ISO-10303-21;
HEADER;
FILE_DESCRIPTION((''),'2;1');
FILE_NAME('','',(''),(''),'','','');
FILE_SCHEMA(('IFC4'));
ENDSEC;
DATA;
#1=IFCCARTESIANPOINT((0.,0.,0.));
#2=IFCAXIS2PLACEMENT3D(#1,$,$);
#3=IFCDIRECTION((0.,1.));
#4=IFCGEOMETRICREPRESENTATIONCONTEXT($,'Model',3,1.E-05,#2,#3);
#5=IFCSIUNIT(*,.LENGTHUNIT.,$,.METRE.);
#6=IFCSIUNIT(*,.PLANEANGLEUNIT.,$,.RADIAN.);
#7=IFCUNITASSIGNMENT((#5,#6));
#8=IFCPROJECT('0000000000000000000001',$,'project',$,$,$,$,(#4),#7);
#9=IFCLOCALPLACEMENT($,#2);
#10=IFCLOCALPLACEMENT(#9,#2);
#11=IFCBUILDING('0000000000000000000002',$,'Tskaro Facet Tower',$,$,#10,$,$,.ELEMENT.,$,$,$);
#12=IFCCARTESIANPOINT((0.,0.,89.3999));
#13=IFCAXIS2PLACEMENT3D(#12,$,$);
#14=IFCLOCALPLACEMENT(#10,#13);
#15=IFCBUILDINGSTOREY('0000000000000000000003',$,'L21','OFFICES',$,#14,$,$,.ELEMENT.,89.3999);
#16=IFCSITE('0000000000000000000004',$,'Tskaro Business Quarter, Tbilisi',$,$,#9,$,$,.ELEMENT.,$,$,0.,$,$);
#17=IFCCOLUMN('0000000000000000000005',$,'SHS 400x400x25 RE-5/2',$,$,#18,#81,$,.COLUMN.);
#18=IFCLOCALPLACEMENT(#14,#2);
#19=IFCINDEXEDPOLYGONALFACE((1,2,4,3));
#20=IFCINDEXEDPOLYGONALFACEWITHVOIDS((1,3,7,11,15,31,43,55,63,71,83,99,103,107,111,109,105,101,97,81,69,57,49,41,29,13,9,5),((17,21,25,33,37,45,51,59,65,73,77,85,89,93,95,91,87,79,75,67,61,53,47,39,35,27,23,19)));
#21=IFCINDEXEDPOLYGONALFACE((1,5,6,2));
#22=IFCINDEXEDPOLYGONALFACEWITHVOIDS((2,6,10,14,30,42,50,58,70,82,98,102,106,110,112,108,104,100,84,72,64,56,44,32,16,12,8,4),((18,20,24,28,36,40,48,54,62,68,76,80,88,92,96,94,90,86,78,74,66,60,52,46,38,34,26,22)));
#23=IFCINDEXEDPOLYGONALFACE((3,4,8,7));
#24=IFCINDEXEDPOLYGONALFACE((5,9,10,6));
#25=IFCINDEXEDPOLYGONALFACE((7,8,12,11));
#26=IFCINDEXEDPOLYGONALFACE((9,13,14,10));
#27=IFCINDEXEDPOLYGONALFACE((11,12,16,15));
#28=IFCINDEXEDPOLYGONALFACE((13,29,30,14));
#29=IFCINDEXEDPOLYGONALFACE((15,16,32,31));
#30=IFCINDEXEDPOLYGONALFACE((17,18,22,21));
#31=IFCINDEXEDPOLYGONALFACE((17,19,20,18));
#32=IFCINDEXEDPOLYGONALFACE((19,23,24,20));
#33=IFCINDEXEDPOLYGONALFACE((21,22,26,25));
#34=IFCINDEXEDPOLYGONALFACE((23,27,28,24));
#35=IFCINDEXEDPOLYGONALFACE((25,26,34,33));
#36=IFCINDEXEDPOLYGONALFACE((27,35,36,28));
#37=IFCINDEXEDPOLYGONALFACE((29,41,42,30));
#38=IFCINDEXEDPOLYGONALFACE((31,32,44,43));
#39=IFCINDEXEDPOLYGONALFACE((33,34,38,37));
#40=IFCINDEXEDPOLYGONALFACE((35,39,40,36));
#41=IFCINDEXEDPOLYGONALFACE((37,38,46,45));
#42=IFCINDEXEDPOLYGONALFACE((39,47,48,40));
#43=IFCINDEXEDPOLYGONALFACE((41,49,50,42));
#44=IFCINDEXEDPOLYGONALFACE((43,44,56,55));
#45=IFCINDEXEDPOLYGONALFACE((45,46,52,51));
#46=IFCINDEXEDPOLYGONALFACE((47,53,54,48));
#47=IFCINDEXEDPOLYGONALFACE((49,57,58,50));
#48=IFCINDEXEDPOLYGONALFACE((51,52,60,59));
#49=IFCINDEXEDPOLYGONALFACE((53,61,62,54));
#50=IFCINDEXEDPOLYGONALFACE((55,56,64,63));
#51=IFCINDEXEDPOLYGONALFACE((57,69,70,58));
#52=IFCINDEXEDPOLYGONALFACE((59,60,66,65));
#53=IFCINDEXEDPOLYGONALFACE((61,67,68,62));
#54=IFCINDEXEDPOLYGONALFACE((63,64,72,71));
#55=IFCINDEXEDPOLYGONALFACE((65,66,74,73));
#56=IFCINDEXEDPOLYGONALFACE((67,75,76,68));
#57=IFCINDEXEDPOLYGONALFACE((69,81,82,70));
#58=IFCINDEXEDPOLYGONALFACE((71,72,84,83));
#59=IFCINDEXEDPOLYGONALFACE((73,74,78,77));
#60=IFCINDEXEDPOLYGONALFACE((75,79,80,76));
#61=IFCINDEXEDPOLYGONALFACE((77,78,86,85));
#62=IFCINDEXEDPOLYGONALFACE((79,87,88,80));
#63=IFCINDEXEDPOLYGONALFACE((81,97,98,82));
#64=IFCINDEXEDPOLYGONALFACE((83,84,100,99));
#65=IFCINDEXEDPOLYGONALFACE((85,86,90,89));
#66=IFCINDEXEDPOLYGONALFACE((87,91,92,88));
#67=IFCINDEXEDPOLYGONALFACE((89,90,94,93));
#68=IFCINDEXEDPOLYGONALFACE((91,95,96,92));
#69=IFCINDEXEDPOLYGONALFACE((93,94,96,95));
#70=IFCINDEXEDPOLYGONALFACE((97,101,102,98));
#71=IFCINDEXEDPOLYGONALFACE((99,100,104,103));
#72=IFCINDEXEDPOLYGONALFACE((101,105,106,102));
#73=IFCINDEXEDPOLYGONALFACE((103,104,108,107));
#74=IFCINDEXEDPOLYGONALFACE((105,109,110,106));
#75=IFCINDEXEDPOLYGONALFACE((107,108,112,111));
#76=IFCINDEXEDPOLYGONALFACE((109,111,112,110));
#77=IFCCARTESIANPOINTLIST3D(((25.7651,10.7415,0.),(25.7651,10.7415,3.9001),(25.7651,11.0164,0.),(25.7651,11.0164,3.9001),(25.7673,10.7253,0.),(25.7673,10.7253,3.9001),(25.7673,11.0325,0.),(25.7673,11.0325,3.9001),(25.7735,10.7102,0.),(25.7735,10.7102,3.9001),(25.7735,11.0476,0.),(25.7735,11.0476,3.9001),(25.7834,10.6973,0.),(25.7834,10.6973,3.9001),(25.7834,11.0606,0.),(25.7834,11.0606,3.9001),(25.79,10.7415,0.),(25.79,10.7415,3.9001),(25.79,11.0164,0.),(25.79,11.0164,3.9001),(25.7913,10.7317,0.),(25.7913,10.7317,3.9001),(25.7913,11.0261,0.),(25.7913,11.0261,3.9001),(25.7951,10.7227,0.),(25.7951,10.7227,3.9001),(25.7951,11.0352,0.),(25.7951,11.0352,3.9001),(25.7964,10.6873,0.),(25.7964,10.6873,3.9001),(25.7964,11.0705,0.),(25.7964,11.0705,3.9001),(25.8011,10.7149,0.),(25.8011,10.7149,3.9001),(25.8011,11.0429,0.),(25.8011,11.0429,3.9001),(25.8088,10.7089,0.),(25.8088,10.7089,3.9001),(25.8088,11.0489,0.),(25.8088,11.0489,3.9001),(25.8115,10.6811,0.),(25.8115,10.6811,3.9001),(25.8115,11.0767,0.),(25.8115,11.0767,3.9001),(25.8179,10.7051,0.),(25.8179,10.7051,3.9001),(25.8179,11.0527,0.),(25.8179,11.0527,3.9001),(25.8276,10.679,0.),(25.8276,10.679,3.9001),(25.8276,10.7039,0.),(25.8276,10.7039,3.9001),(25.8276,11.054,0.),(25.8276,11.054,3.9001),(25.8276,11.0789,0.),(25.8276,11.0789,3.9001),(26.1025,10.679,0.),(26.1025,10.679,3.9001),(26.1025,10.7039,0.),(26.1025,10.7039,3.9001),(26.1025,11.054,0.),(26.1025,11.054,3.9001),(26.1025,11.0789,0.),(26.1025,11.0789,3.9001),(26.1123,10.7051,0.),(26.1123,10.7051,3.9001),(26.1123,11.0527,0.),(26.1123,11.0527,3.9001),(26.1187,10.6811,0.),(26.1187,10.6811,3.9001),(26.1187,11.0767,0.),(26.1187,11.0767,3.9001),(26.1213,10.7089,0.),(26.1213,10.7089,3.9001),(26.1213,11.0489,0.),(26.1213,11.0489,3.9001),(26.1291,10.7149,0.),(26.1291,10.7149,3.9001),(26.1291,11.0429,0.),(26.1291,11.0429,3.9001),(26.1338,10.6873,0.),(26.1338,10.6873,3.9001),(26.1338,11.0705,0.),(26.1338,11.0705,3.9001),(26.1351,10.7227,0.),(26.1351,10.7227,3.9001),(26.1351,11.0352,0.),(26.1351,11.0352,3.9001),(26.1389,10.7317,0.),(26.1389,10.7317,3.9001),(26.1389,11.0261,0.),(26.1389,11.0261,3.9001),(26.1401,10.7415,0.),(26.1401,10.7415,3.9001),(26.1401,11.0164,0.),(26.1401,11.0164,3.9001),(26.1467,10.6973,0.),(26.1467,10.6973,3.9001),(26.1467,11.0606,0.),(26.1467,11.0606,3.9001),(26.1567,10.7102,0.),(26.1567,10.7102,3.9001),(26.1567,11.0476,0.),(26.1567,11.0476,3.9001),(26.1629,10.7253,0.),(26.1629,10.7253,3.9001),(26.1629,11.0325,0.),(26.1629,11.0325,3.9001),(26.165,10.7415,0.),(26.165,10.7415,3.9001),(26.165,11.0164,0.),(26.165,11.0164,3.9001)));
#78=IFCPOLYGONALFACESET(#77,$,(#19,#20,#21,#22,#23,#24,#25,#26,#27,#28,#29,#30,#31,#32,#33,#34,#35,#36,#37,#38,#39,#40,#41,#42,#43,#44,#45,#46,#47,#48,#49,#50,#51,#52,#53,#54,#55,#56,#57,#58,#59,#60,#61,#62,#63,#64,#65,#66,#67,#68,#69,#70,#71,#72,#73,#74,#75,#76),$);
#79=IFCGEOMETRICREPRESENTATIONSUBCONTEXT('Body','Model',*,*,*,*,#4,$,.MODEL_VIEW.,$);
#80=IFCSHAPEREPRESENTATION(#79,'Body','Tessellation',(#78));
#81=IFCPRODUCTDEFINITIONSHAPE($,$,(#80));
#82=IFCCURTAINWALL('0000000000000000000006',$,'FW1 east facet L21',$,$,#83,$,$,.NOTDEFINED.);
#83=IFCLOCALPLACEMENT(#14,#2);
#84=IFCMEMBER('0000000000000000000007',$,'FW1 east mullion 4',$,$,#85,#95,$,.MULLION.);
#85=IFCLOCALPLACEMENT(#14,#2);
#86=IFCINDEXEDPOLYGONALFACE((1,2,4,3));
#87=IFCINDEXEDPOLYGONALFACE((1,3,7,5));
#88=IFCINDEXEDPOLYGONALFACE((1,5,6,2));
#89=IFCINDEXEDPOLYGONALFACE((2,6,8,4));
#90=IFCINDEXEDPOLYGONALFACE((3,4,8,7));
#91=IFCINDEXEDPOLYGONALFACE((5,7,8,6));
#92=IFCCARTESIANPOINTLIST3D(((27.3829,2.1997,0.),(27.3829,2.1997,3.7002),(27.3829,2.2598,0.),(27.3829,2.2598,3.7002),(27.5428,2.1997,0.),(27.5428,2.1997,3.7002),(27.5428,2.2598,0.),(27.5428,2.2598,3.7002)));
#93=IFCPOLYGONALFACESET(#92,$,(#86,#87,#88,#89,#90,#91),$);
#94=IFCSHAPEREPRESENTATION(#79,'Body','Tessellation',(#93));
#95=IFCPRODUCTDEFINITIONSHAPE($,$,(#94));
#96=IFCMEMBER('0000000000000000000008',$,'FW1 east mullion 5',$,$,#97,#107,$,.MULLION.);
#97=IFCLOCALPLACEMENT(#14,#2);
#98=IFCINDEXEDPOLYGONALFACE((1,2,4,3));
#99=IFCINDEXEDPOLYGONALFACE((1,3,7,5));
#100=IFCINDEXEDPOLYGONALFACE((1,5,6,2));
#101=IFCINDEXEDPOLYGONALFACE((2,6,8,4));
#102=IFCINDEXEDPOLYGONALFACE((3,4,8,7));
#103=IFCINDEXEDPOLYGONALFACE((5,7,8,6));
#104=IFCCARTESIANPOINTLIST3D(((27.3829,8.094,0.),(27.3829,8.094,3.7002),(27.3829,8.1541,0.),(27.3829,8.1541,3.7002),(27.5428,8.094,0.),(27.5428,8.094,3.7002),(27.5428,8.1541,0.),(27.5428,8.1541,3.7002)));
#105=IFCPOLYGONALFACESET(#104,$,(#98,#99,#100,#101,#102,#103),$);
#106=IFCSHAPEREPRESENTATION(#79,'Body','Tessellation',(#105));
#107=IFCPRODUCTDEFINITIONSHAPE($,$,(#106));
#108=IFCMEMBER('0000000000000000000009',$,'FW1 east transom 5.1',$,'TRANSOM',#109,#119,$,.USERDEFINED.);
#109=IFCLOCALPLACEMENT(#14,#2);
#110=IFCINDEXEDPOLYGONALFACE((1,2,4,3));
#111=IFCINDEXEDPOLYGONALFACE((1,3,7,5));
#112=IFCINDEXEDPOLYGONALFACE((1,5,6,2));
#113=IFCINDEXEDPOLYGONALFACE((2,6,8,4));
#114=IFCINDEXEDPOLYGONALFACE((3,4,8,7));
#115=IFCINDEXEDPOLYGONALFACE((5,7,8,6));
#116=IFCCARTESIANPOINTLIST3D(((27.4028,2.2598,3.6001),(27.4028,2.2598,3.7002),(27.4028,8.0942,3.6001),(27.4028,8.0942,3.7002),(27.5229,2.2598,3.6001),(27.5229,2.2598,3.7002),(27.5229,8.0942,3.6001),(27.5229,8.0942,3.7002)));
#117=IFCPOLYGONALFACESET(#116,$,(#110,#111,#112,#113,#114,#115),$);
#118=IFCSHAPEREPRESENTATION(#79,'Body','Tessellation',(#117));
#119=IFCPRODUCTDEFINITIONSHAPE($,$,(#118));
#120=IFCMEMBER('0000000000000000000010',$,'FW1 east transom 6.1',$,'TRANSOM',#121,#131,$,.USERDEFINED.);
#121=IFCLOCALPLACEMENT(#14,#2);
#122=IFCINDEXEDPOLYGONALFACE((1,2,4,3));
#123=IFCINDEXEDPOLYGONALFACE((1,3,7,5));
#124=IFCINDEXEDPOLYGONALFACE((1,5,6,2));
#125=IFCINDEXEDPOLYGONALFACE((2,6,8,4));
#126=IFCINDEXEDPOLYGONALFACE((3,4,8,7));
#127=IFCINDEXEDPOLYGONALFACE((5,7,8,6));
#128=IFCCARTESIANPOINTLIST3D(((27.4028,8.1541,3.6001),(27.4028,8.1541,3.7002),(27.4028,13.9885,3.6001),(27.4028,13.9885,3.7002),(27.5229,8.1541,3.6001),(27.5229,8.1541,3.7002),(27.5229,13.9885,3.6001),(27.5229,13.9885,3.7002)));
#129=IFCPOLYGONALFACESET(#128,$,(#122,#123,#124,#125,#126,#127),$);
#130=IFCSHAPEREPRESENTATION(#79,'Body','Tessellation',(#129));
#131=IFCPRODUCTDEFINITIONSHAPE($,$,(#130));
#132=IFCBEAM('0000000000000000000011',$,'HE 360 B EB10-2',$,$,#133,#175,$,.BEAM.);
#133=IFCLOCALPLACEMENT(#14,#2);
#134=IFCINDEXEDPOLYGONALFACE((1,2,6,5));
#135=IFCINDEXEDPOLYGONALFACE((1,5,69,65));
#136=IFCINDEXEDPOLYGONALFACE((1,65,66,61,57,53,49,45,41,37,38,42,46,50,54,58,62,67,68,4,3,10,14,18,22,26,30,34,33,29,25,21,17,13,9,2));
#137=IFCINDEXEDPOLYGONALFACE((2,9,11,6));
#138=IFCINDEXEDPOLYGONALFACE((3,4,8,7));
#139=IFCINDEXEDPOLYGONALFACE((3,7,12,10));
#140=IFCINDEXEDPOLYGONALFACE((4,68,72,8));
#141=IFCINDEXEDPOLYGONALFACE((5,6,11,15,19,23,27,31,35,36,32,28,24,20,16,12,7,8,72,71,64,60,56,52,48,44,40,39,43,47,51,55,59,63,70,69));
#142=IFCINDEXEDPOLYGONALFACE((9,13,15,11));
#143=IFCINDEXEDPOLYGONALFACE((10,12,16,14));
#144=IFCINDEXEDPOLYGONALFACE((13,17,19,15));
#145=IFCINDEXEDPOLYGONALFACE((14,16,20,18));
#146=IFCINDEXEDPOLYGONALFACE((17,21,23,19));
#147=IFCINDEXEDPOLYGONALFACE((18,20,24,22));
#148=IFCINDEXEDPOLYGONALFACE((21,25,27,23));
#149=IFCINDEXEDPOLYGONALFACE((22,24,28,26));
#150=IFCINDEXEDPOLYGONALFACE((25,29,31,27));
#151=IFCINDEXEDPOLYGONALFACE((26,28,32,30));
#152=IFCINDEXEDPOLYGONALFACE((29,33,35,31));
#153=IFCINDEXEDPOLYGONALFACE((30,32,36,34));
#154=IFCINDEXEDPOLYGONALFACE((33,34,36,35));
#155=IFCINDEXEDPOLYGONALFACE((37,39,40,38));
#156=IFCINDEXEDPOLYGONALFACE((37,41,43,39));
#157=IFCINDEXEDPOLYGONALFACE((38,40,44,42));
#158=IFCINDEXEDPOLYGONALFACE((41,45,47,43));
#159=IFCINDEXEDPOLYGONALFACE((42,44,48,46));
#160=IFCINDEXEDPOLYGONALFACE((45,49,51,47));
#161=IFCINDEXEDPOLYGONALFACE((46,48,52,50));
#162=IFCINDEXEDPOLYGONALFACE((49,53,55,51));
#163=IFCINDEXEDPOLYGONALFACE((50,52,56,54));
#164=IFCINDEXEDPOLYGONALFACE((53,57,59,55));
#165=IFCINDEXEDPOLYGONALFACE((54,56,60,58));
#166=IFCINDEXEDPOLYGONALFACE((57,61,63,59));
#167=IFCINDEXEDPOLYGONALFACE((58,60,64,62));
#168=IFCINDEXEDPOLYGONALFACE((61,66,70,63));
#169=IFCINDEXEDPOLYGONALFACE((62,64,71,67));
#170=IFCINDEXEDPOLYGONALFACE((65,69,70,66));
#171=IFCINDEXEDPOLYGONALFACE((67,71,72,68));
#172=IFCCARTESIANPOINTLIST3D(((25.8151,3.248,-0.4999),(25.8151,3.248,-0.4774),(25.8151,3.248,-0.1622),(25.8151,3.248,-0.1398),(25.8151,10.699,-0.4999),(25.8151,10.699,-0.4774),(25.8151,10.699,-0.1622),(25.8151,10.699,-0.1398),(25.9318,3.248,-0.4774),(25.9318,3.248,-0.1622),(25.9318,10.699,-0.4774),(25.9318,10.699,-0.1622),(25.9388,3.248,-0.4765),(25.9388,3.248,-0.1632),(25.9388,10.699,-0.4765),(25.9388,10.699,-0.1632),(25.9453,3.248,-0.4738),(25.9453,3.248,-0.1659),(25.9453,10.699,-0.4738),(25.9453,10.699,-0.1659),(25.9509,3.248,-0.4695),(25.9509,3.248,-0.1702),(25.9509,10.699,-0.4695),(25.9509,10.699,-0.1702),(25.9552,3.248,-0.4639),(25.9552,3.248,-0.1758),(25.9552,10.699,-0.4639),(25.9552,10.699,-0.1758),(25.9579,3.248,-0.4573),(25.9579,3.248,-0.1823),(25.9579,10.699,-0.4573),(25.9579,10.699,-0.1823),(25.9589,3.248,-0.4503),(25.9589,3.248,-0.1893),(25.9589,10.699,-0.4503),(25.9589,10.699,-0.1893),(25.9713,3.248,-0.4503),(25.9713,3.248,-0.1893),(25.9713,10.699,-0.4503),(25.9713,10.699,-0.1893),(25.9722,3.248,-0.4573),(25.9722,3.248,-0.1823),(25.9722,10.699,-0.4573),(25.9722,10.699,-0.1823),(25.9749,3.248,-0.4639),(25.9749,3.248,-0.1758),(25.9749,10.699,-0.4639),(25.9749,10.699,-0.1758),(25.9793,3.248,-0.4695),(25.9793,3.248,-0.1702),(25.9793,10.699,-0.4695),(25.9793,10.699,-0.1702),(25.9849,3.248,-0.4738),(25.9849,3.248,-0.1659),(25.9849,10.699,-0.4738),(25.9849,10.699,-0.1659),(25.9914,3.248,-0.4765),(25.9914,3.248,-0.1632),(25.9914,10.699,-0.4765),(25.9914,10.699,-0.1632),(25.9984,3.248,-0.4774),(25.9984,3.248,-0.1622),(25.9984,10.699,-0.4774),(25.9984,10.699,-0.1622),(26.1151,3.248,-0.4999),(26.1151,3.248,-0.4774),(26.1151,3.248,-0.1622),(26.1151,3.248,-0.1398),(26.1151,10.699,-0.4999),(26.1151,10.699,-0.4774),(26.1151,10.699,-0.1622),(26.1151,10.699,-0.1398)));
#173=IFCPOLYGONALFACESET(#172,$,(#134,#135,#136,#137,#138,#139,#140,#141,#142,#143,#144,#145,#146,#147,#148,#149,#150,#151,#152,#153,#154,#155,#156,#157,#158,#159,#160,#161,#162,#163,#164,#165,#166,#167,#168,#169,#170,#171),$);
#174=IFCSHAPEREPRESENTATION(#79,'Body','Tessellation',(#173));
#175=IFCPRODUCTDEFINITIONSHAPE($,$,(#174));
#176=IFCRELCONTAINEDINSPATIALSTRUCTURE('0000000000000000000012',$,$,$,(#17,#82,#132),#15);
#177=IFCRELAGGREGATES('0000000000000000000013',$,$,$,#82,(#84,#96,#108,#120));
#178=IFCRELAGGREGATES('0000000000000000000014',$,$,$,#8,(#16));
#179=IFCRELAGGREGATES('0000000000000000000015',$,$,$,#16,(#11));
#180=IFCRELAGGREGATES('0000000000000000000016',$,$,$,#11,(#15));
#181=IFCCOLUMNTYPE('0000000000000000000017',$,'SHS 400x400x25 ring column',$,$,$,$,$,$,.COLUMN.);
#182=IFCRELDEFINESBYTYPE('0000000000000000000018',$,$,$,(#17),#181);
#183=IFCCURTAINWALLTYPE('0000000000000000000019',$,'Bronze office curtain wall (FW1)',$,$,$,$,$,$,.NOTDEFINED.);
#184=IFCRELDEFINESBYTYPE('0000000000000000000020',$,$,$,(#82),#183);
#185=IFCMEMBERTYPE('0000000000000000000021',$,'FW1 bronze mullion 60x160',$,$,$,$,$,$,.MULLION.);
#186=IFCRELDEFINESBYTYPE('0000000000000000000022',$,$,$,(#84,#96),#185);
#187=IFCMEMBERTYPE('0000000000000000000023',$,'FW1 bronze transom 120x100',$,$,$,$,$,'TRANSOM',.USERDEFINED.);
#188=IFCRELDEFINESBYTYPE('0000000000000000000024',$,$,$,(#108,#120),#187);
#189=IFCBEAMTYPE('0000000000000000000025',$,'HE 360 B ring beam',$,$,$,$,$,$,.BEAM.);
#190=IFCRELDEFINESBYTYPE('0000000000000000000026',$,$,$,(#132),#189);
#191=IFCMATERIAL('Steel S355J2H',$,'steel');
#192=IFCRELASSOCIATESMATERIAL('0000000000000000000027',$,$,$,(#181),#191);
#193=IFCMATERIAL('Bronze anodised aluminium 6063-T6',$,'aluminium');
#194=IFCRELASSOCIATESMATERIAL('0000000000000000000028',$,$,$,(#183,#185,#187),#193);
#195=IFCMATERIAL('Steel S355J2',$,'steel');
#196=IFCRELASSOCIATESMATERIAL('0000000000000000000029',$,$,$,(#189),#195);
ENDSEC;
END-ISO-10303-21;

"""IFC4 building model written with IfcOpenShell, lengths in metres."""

from ifc_helpers import new_model, si_unit, direction, frame, origin, origin_2d, place, context, subcontext, project, spatial, rectangle, hollow_rectangle, i_section, extrude, material, material_profile, profile_set, type_object, element, aggregate, save


model = new_model("IFC4")

# Units and contexts
model_context = context("Model", 3, precision=1e-05, world=origin(), true_north=direction((0.0, 1.0)))
body_context = subcontext(model_context, "Body", "Model", "MODEL_VIEW")
ifc_project = project(units=[si_unit("LENGTHUNIT", "METRE"), si_unit("PLANEANGLEUNIT", "RADIAN")], contexts=[model_context])

# Site, building, storey
site_placement = place(None, origin())
site = spatial("IfcSite", under=ifc_project, at=site_placement, Name="Tskaro Business Quarter, Tbilisi", CompositionType="ELEMENT", RefElevation=0.0)
building_placement = place(site_placement, origin())
building = spatial("IfcBuilding", under=site, at=building_placement, Name="Tskaro Facet Tower", CompositionType="ELEMENT")
storey_placement = place(building_placement, frame((0.0, 0.0, 89.3999)))
storey = spatial("IfcBuildingStorey", under=building, at=storey_placement, Name="L21", Description="OFFICES", CompositionType="ELEMENT", Elevation=89.3999)

# Column
ifc_material_1 = material(Name="Steel S355J2H", Category="steel")
ifc_material_profile_1 = material_profile(ifc_material_1, hollow_rectangle(XDim=0.3999, YDim=0.3999, WallThickness=0.0249, InnerFilletRadius=0.0376, OuterFilletRadius=0.0625, at=origin_2d()), Name="SHS 400x400x25")
ifc_profile_set_1 = profile_set([ifc_material_profile_1], Name="Steel S355J2H")
column_type_1 = type_object("IfcColumnType", Name="SHS 400x400x25 ring column", PredefinedType="COLUMN", material=ifc_profile_set_1)
for number, where, z_axis, x_axis, name in (
    (1, (25.9651, 10.8789, 0.0), (0.0, 0.0, 1.0), (1.0, 0.0, 0.0), "SHS 400x400x25 RE-5/2"),
):
    element("IfcColumn", number, at=place(storey_placement, frame(where, z_axis=z_axis, x_axis=x_axis)), inside=storey, type_object=column_type_1, Name=name, PredefinedType="COLUMN", context=body_context, shape_type="SweptSolid", body=[
        extrude(hollow_rectangle(XDim=0.3999, YDim=0.3999, WallThickness=0.0249, InnerFilletRadius=0.0376, OuterFilletRadius=0.0625, at=origin_2d()), origin(), (0.0, 0.0, 1.0), 3.9001),
    ])

# Curtain wall, members
ifc_material_2 = material(Name="Bronze anodised aluminium 6063-T6", Category="aluminium")
curtain_wall_type = type_object("IfcCurtainWallType", Name="Bronze office curtain wall (FW1)", PredefinedType="NOTDEFINED", material=ifc_material_2)
curtain_wall_placement = place(storey_placement, origin())
curtain_wall = element("IfcCurtainWall", 2, at=curtain_wall_placement, inside=storey, type_object=curtain_wall_type, Name="FW1 east facet L21", PredefinedType="NOTDEFINED")
ifc_material_profile_2 = material_profile(ifc_material_2, rectangle(XDim=0.0601, YDim=0.1599, at=origin_2d()), Name="Mullion 60x160")
ifc_profile_set_2 = profile_set([ifc_material_profile_2], Name="Bronze anodised aluminium 6063-T6")
member_type_1 = type_object("IfcMemberType", Name="FW1 bronze mullion 60x160", PredefinedType="MULLION", material=ifc_profile_set_2)
member_1_placement = place(storey_placement, frame((27.4629, 2.2297, 0.0), z_axis=(0.0, 0.0, 1.0), x_axis=(0.0, 1.0, 0.0)))
member_1 = element("IfcMember", 3, at=member_1_placement, type_object=member_type_1, Name="FW1 east mullion 4", PredefinedType="MULLION", context=body_context, shape_type="SweptSolid", body=[
    extrude(rectangle(XDim=0.0601, YDim=0.1599, at=origin_2d()), origin(), (0.0, 0.0, 1.0), 3.7002),
])
member_2_placement = place(storey_placement, frame((27.4629, 8.124, 0.0), z_axis=(0.0, 0.0, 1.0), x_axis=(0.0, 1.0, 0.0)))
member_2 = element("IfcMember", 4, at=member_2_placement, type_object=member_type_1, Name="FW1 east mullion 5", PredefinedType="MULLION", context=body_context, shape_type="SweptSolid", body=[
    extrude(rectangle(XDim=0.0601, YDim=0.1599, at=origin_2d()), origin(), (0.0, 0.0, 1.0), 3.7002),
])
ifc_material_profile_3 = material_profile(ifc_material_2, rectangle(XDim=0.1201, YDim=0.1001, at=origin_2d()), Name="Transom 120x100")
ifc_profile_set_3 = profile_set([ifc_material_profile_3], Name="Bronze anodised aluminium 6063-T6")
member_type_2 = type_object("IfcMemberType", Name="FW1 bronze transom 120x100", ElementType="TRANSOM", PredefinedType="USERDEFINED", material=ifc_profile_set_3)
member_3_placement = place(storey_placement, frame((27.4629, 2.2598, 3.6501), z_axis=(0.0, 1.0, 0.0), x_axis=(-1.0, 0.0, 0.0)))
member_3 = element("IfcMember", 5, at=member_3_placement, type_object=member_type_2, Name="FW1 east transom 5.1", ObjectType="TRANSOM", PredefinedType="USERDEFINED", context=body_context, shape_type="SweptSolid", body=[
    extrude(rectangle(XDim=0.1201, YDim=0.1001, at=origin_2d()), origin(), (0.0, 0.0, 1.0), 5.8345),
])
member_4_placement = place(storey_placement, frame((27.4629, 8.1541, 3.6501), z_axis=(0.0, 1.0, 0.0), x_axis=(-1.0, 0.0, 0.0)))
member_4 = element("IfcMember", 6, at=member_4_placement, type_object=member_type_2, Name="FW1 east transom 6.1", ObjectType="TRANSOM", PredefinedType="USERDEFINED", context=body_context, shape_type="SweptSolid", body=[
    extrude(rectangle(XDim=0.1201, YDim=0.1001, at=origin_2d()), origin(), (0.0, 0.0, 1.0), 5.8345),
])

# Beam
ifc_material_3 = material(Name="Steel S355J2", Category="steel")
ifc_material_profile_4 = material_profile(ifc_material_3, i_section(OverallWidth=0.3, OverallDepth=0.3601, WebThickness=0.0125, FlangeThickness=0.0225, FilletRadius=0.0271, at=origin_2d()), Name="HE 360 B")
ifc_profile_set_4 = profile_set([ifc_material_profile_4], Name="Steel S355J2")
beam_type_1 = type_object("IfcBeamType", Name="HE 360 B ring beam", PredefinedType="BEAM", material=ifc_profile_set_4)
for number, where, z_axis, x_axis, name in (
    (7, (25.9651, 3.248, -0.3198), (0.0, 1.0, 0.0), (-1.0, 0.0, 0.0), "HE 360 B EB10-2"),
):
    element("IfcBeam", number, at=place(storey_placement, frame(where, z_axis=z_axis, x_axis=x_axis)), inside=storey, type_object=beam_type_1, Name=name, PredefinedType="BEAM", context=body_context, shape_type="SweptSolid", body=[
        extrude(i_section(OverallWidth=0.3, OverallDepth=0.3601, WebThickness=0.0125, FlangeThickness=0.0225, FilletRadius=0.0271, at=origin_2d()), origin(), (0.0, 0.0, 1.0), 7.4509),
    ])

aggregate(curtain_wall, [member_1, member_2, member_3, member_4])

save(model, "model.ifc")
